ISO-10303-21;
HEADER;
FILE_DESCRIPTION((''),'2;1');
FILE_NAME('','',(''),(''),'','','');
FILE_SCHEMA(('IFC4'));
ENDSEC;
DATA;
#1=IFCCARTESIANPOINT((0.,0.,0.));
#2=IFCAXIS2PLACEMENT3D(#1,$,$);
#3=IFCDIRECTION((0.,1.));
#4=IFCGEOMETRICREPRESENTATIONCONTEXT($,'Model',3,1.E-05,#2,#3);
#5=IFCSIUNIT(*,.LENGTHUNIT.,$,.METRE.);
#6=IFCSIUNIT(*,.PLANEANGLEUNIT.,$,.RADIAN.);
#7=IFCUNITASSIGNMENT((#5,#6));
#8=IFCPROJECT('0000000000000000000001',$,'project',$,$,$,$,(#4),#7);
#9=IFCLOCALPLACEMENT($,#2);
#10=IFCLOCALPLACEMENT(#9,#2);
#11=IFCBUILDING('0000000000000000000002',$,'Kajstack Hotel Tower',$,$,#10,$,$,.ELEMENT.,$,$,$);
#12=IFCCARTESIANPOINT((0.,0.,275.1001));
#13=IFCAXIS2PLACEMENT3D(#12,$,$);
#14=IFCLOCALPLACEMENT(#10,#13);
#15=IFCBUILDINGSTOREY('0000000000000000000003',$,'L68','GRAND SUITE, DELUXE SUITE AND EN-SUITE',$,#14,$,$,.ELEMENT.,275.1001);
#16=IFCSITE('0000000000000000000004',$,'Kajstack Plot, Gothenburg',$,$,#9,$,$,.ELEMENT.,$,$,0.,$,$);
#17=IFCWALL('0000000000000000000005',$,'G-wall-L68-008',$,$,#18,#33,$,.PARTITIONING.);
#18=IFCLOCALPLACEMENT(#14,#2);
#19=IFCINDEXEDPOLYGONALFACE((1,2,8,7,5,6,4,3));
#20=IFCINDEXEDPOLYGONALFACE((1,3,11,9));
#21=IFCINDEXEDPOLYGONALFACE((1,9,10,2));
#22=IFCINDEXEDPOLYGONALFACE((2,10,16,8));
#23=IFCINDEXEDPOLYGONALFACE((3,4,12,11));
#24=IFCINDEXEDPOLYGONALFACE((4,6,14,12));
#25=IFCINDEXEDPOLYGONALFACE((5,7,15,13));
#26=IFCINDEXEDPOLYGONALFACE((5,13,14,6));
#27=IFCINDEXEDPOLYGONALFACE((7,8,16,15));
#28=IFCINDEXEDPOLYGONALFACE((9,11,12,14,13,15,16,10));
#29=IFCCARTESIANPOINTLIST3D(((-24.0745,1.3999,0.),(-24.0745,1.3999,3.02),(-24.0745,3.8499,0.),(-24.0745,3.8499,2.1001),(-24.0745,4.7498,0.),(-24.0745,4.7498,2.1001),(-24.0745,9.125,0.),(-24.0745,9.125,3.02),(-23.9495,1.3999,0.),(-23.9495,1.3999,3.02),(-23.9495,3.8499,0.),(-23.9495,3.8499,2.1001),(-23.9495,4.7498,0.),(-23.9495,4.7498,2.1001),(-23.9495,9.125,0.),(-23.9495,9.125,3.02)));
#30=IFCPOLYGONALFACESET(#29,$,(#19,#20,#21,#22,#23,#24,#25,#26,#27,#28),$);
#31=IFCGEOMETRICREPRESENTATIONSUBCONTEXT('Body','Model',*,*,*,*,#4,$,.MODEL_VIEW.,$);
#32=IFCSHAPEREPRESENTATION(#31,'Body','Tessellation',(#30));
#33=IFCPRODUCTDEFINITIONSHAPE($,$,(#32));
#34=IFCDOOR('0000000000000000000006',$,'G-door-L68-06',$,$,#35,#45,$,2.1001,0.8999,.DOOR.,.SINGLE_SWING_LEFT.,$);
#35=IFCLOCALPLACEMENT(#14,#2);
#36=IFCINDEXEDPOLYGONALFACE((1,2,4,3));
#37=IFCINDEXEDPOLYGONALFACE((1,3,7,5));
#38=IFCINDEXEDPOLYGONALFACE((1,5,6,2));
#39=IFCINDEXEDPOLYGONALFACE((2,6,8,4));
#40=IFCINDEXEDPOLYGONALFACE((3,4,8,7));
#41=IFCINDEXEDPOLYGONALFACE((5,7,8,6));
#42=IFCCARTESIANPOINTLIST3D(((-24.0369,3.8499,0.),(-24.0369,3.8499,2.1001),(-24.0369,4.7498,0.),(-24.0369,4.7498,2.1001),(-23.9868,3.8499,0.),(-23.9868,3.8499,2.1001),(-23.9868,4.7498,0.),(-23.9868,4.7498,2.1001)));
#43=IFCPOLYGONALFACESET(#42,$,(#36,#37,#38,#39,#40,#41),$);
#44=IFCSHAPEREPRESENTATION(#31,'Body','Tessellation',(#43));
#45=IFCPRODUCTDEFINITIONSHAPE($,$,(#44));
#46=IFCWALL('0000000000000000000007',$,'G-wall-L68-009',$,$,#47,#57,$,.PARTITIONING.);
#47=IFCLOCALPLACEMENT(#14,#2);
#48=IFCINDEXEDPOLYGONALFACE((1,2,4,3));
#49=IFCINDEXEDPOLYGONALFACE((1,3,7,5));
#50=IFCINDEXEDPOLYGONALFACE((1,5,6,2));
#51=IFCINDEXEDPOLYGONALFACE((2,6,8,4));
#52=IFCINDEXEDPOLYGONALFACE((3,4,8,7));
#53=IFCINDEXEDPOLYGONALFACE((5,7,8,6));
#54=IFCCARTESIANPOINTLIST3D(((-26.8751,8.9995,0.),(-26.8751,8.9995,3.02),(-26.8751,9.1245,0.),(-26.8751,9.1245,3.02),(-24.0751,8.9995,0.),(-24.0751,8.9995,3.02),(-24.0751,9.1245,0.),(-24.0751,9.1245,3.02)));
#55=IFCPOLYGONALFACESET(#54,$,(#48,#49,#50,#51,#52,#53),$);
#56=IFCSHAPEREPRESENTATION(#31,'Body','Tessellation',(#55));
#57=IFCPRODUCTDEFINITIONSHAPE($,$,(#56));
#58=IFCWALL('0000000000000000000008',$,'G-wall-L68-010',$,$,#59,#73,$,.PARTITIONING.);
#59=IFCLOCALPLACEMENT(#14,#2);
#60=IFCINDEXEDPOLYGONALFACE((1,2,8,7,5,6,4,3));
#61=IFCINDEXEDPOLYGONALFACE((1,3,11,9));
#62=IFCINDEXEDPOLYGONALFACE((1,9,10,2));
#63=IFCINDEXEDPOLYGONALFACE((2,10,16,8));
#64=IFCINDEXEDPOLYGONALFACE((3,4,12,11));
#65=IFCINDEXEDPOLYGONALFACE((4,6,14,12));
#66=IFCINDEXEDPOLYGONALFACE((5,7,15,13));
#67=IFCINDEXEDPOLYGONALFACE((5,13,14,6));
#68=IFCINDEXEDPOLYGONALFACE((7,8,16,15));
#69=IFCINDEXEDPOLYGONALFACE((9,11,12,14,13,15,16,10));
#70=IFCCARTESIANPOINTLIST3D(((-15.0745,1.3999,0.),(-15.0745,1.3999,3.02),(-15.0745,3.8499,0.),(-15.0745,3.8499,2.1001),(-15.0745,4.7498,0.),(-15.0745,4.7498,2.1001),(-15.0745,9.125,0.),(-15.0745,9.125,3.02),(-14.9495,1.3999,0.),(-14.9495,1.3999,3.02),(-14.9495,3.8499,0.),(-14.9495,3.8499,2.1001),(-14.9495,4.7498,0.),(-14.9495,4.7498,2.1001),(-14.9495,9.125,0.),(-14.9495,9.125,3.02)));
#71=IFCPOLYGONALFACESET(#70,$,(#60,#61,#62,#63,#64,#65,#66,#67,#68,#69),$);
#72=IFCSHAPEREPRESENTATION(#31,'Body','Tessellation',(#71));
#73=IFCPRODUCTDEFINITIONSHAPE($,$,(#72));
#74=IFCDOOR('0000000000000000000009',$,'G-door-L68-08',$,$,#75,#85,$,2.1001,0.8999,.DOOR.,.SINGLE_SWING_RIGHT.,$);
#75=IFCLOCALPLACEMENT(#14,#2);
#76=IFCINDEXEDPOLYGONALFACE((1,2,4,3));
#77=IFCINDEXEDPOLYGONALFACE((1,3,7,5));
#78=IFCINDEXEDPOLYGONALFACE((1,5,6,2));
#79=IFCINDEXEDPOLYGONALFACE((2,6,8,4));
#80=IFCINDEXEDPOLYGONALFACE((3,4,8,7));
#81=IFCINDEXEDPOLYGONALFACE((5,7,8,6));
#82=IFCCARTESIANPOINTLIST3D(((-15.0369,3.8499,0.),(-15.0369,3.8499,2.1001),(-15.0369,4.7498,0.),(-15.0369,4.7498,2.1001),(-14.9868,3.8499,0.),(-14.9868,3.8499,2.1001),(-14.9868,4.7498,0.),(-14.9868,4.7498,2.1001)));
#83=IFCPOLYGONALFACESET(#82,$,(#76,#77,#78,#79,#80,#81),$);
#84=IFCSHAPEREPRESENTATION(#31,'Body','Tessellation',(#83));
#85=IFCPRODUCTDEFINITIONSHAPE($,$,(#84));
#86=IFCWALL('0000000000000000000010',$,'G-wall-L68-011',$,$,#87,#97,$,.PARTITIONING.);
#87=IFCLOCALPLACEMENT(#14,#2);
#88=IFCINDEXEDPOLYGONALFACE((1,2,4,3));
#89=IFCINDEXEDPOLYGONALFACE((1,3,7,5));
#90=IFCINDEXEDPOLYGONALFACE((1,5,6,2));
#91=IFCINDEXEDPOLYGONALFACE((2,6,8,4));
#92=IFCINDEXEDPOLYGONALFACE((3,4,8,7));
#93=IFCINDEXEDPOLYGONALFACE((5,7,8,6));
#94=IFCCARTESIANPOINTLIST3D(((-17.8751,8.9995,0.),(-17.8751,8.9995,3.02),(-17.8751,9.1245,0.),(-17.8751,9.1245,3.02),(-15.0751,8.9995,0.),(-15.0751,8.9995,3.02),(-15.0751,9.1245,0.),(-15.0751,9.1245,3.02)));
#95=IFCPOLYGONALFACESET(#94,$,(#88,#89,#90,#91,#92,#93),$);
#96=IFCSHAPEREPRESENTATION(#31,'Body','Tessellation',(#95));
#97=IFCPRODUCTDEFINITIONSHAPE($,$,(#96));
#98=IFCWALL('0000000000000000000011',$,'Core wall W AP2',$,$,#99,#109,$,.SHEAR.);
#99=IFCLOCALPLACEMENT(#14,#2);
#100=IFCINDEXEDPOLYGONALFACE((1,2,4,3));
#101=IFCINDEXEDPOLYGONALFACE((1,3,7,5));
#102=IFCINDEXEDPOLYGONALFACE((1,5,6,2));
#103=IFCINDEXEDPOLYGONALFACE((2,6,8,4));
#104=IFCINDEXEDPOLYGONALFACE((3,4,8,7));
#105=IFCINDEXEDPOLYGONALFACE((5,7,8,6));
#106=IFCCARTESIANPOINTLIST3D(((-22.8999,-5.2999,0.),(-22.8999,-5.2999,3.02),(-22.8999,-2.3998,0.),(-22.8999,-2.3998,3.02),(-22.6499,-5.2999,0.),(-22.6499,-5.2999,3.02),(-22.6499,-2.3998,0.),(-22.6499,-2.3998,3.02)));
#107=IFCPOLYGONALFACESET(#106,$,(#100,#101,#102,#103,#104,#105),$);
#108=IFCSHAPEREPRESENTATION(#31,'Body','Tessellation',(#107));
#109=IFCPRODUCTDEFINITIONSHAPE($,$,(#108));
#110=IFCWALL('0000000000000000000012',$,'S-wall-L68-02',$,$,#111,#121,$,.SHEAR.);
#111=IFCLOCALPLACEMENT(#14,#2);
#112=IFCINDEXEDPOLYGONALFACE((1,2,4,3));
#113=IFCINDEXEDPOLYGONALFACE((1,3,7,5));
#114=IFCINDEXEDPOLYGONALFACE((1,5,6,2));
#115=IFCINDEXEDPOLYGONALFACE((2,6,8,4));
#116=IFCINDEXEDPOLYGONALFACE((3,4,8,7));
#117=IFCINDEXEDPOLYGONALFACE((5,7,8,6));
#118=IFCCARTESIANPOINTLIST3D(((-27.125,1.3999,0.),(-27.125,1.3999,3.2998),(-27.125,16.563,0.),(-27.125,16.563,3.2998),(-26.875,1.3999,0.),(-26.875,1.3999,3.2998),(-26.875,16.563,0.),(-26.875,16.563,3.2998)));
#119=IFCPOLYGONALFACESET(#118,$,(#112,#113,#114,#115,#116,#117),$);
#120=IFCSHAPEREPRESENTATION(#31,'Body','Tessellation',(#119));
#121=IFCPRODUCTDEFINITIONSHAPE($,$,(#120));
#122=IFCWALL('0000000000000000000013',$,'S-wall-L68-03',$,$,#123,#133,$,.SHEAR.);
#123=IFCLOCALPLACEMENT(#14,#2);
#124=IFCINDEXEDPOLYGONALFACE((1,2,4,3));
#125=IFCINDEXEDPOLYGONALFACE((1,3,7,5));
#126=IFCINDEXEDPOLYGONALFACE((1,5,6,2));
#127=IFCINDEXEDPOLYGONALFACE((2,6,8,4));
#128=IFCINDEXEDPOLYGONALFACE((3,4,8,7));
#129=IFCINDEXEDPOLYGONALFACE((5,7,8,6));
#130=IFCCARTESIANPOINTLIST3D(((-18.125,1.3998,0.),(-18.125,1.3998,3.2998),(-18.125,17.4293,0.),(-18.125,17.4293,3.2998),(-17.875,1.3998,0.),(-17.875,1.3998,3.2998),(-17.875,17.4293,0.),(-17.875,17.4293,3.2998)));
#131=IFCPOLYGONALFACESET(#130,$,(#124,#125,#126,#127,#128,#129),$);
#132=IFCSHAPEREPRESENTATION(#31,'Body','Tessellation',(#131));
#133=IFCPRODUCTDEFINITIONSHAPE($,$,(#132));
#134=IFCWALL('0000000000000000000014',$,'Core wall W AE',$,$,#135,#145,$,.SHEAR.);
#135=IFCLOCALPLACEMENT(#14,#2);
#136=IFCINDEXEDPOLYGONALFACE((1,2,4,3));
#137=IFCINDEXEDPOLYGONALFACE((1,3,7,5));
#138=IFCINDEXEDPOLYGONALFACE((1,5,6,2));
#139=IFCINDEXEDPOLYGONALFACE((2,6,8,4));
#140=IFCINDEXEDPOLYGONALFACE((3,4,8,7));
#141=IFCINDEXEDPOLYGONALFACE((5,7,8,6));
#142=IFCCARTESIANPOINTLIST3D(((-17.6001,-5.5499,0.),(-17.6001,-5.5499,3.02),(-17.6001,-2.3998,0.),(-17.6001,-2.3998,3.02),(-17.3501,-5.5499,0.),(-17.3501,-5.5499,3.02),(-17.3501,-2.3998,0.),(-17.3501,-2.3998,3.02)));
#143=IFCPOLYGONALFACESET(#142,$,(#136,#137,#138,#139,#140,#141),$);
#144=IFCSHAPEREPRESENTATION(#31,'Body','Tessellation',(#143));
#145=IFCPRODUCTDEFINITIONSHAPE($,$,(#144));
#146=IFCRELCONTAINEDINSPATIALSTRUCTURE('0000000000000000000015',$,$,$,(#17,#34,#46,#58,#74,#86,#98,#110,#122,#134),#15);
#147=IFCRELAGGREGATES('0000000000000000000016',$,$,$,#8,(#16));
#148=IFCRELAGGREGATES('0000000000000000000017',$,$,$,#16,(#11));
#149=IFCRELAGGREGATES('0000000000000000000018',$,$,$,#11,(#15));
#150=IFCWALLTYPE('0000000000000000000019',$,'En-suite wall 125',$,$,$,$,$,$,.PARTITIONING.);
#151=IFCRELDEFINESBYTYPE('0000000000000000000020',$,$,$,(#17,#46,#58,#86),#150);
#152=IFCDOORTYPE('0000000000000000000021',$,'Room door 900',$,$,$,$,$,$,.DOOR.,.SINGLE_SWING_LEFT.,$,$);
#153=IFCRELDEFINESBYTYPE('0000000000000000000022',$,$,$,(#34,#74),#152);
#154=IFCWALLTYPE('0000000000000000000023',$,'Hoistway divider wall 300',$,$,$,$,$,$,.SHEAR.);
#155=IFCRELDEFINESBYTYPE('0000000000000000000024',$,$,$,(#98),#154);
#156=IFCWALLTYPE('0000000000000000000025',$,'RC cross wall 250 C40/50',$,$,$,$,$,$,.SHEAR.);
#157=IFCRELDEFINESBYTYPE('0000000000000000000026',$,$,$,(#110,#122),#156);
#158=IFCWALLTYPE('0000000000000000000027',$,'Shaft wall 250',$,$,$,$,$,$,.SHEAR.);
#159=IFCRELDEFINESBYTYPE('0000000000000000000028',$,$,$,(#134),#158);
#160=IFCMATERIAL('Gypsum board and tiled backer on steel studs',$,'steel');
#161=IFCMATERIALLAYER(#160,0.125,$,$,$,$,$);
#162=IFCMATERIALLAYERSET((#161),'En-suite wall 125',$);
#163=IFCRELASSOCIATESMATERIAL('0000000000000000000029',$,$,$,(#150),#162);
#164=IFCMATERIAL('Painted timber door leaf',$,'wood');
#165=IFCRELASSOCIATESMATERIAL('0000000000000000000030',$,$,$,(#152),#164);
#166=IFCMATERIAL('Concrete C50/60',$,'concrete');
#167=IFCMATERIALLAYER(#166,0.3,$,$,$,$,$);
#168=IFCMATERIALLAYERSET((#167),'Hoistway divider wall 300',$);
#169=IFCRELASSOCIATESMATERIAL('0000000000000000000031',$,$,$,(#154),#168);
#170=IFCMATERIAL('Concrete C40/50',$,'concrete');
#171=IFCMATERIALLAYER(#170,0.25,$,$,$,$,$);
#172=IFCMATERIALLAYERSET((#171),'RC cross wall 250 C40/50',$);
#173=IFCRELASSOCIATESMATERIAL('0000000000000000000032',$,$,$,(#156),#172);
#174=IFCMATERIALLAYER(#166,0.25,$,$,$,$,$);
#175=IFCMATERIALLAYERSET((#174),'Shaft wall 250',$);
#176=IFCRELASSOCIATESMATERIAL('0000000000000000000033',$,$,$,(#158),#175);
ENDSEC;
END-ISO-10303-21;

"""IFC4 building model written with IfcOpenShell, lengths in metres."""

from ifc_helpers import new_model, si_unit, direction, frame, frame_2d, origin, place, context, subcontext, project, spatial, rectangle, extrude, material, layer, layer_set, type_object, element, fill, save


model = new_model("IFC4")

# Units and contexts
model_context = context("Model", 3, precision=1e-05, world=origin(), true_north=direction((0.0, 1.0)))
body_context = subcontext(model_context, "Body", "Model", "MODEL_VIEW")
ifc_project = project(units=[si_unit("LENGTHUNIT", "METRE"), si_unit("PLANEANGLEUNIT", "RADIAN")], contexts=[model_context])

# Site, building, storey
site_placement = place(None, origin())
site = spatial("IfcSite", under=ifc_project, at=site_placement, Name="Kajstack Plot, Gothenburg", CompositionType="ELEMENT", RefElevation=0.0)
building_placement = place(site_placement, origin())
building = spatial("IfcBuilding", under=site, at=building_placement, Name="Kajstack Hotel Tower", CompositionType="ELEMENT")
storey_placement = place(building_placement, frame((0.0, 0.0, 275.1001)))
storey = spatial("IfcBuildingStorey", under=building, at=storey_placement, Name="L68", Description="GRAND SUITE, DELUXE SUITE AND EN-SUITE", CompositionType="ELEMENT", Elevation=275.1001)

# Wall, opening, door
ifc_material_1 = material(Name="Gypsum board and tiled backer on steel studs", Category="steel")
ifc_layer_1 = layer(ifc_material_1, 0.125)
ifc_layer_set_1 = layer_set([ifc_layer_1], Name="En-suite wall 125")
wall_type_1 = type_object("IfcWallType", Name="En-suite wall 125", PredefinedType="PARTITIONING", material=ifc_layer_set_1)
wall_1_placement = place(storey_placement, frame((-24.012, 1.3999, 0.0), z_axis=(0.0, 0.0, 1.0), x_axis=(0.0, 1.0, 0.0)))
wall_1 = element("IfcWall", 1, at=wall_1_placement, inside=storey, type_object=wall_type_1, Name="G-wall-L68-008", PredefinedType="PARTITIONING", context=body_context, shape_type="SweptSolid", body=[
    extrude(rectangle(XDim=7.7251, YDim=0.125, at=frame_2d((3.8625, 0.0))), origin(), (0.0, 0.0, 1.0), 3.02),
])
opening_1_placement = place(wall_1_placement, frame((2.45, 0.0, 0.0)))
opening_1 = element("IfcOpeningElement", 2, at=opening_1_placement, cuts=wall_1, PredefinedType="OPENING", context=body_context, shape_type="SweptSolid", body=[
    extrude(rectangle(XDim=0.8999, YDim=2.1001, at=frame_2d((0.45, 1.05))), frame((0.0, 0.0725, 0.0), z_axis=(0.0, -1.0, 0.0), x_axis=(1.0, 0.0, 0.0)), (0.0, 0.0, 1.0), 0.145),
])
ifc_material_2 = material(Name="Painted timber door leaf", Category="wood")
door_type = type_object("IfcDoorType", Name="Room door 900", OperationType="SINGLE_SWING_LEFT", PredefinedType="DOOR", material=ifc_material_2)
door_1_placement = place(opening_1_placement, origin())
door_1 = element("IfcDoor", 3, at=door_1_placement, inside=storey, type_object=door_type, Name="G-door-L68-06", OperationType="SINGLE_SWING_LEFT", OverallHeight=2.1001, OverallWidth=0.8999, PredefinedType="DOOR", context=body_context, shape_type="SweptSolid", body=[
    extrude(rectangle(XDim=0.8999, YDim=2.1001, at=frame_2d((0.45, 1.05))), frame((0.0, 0.0249, 0.0), z_axis=(0.0, -1.0, 0.0), x_axis=(1.0, 0.0, 0.0)), (0.0, 0.0, 1.0), 0.05),
])
fill(opening_1, door_1)

# Wall
wall_2_placement = place(storey_placement, frame((-26.875, 9.062, 0.0), z_axis=(0.0, 0.0, 1.0), x_axis=(1.0, 0.0, 0.0)))
element("IfcWall", 4, at=wall_2_placement, inside=storey, type_object=wall_type_1, Name="G-wall-L68-009", PredefinedType="PARTITIONING", context=body_context, shape_type="SweptSolid", body=[
    extrude(rectangle(XDim=2.8, YDim=0.125, at=frame_2d((1.3999, 0.0))), origin(), (0.0, 0.0, 1.0), 3.02),
])

# Wall, opening, door
wall_3_placement = place(storey_placement, frame((-15.012, 1.3999, 0.0), z_axis=(0.0, 0.0, 1.0), x_axis=(0.0, 1.0, 0.0)))
wall_3 = element("IfcWall", 5, at=wall_3_placement, inside=storey, type_object=wall_type_1, Name="G-wall-L68-010", PredefinedType="PARTITIONING", context=body_context, shape_type="SweptSolid", body=[
    extrude(rectangle(XDim=7.7251, YDim=0.125, at=frame_2d((3.8625, 0.0))), origin(), (0.0, 0.0, 1.0), 3.02),
])
opening_2_placement = place(wall_3_placement, frame((2.45, 0.0, 0.0)))
opening_2 = element("IfcOpeningElement", 6, at=opening_2_placement, cuts=wall_3, PredefinedType="OPENING", context=body_context, shape_type="SweptSolid", body=[
    extrude(rectangle(XDim=0.8999, YDim=2.1001, at=frame_2d((0.45, 1.05))), frame((0.0, 0.0725, 0.0), z_axis=(0.0, -1.0, 0.0), x_axis=(1.0, 0.0, 0.0)), (0.0, 0.0, 1.0), 0.145),
])
door_2_placement = place(opening_2_placement, origin())
door_2 = element("IfcDoor", 7, at=door_2_placement, inside=storey, type_object=door_type, Name="G-door-L68-08", OperationType="SINGLE_SWING_RIGHT", OverallHeight=2.1001, OverallWidth=0.8999, PredefinedType="DOOR", context=body_context, shape_type="SweptSolid", body=[
    extrude(rectangle(XDim=0.8999, YDim=2.1001, at=frame_2d((0.45, 1.05))), frame((0.0, 0.0249, 0.0), z_axis=(0.0, -1.0, 0.0), x_axis=(1.0, 0.0, 0.0)), (0.0, 0.0, 1.0), 0.05),
])
fill(opening_2, door_2)

# Walls
wall_4_placement = place(storey_placement, frame((-17.875, 9.062, 0.0), z_axis=(0.0, 0.0, 1.0), x_axis=(1.0, 0.0, 0.0)))
element("IfcWall", 8, at=wall_4_placement, inside=storey, type_object=wall_type_1, Name="G-wall-L68-011", PredefinedType="PARTITIONING", context=body_context, shape_type="SweptSolid", body=[
    extrude(rectangle(XDim=2.8, YDim=0.125, at=frame_2d((1.3999, 0.0))), origin(), (0.0, 0.0, 1.0), 3.02),
])
ifc_material_3 = material(Name="Concrete C50/60", Category="concrete")
ifc_layer_2 = layer(ifc_material_3, 0.3)
ifc_layer_set_2 = layer_set([ifc_layer_2], Name="Hoistway divider wall 300")
wall_type_2 = type_object("IfcWallType", Name="Hoistway divider wall 300", PredefinedType="SHEAR", material=ifc_layer_set_2)
wall_5_placement = place(storey_placement, frame((-22.7749, -5.3, 0.0), z_axis=(0.0, 0.0, 1.0), x_axis=(0.0, 1.0, 0.0)))
element("IfcWall", 9, at=wall_5_placement, inside=storey, type_object=wall_type_2, Name="Core wall W AP2", PredefinedType="SHEAR", context=body_context, shape_type="SweptSolid", body=[
    extrude(rectangle(XDim=2.9001, YDim=0.25, at=frame_2d((1.4502, 0.0))), origin(), (0.0, 0.0, 1.0), 3.02),
])
ifc_material_4 = material(Name="Concrete C40/50", Category="concrete")
ifc_layer_3 = layer(ifc_material_4, 0.25)
ifc_layer_set_3 = layer_set([ifc_layer_3], Name="RC cross wall 250 C40/50")
wall_type_3 = type_object("IfcWallType", Name="RC cross wall 250 C40/50", PredefinedType="SHEAR", material=ifc_layer_set_3)
wall_6_placement = place(storey_placement, frame((-27.0, 1.3999, 0.0), z_axis=(0.0, 0.0, 1.0), x_axis=(0.0, 1.0, 0.0)))
element("IfcWall", 10, at=wall_6_placement, inside=storey, type_object=wall_type_3, Name="S-wall-L68-02", PredefinedType="SHEAR", context=body_context, shape_type="SweptSolid", body=[
    extrude(rectangle(XDim=15.1631, YDim=0.25, at=frame_2d((7.5815, 0.0))), origin(), (0.0, 0.0, 1.0), 3.2998),
])
wall_7_placement = place(storey_placement, frame((-18.0, 1.3999, 0.0), z_axis=(0.0, 0.0, 1.0), x_axis=(0.0, 1.0, 0.0)))
element("IfcWall", 11, at=wall_7_placement, inside=storey, type_object=wall_type_3, Name="S-wall-L68-03", PredefinedType="SHEAR", context=body_context, shape_type="SweptSolid", body=[
    extrude(rectangle(XDim=16.0295, YDim=0.25, at=frame_2d((8.0146, 0.0))), origin(), (0.0, 0.0, 1.0), 3.2998),
])
ifc_layer_4 = layer(ifc_material_3, 0.25)
ifc_layer_set_4 = layer_set([ifc_layer_4], Name="Shaft wall 250")
wall_type_4 = type_object("IfcWallType", Name="Shaft wall 250", PredefinedType="SHEAR", material=ifc_layer_set_4)
wall_8_placement = place(storey_placement, frame((-17.4751, -5.55, 0.0), z_axis=(0.0, 0.0, 1.0), x_axis=(0.0, 1.0, 0.0)))
element("IfcWall", 12, at=wall_8_placement, inside=storey, type_object=wall_type_4, Name="Core wall W AE", PredefinedType="SHEAR", context=body_context, shape_type="SweptSolid", body=[
    extrude(rectangle(XDim=3.1501, YDim=0.25, at=frame_2d((1.5752, 0.0))), origin(), (0.0, 0.0, 1.0), 3.02),
])

save(model, "model.ifc")
